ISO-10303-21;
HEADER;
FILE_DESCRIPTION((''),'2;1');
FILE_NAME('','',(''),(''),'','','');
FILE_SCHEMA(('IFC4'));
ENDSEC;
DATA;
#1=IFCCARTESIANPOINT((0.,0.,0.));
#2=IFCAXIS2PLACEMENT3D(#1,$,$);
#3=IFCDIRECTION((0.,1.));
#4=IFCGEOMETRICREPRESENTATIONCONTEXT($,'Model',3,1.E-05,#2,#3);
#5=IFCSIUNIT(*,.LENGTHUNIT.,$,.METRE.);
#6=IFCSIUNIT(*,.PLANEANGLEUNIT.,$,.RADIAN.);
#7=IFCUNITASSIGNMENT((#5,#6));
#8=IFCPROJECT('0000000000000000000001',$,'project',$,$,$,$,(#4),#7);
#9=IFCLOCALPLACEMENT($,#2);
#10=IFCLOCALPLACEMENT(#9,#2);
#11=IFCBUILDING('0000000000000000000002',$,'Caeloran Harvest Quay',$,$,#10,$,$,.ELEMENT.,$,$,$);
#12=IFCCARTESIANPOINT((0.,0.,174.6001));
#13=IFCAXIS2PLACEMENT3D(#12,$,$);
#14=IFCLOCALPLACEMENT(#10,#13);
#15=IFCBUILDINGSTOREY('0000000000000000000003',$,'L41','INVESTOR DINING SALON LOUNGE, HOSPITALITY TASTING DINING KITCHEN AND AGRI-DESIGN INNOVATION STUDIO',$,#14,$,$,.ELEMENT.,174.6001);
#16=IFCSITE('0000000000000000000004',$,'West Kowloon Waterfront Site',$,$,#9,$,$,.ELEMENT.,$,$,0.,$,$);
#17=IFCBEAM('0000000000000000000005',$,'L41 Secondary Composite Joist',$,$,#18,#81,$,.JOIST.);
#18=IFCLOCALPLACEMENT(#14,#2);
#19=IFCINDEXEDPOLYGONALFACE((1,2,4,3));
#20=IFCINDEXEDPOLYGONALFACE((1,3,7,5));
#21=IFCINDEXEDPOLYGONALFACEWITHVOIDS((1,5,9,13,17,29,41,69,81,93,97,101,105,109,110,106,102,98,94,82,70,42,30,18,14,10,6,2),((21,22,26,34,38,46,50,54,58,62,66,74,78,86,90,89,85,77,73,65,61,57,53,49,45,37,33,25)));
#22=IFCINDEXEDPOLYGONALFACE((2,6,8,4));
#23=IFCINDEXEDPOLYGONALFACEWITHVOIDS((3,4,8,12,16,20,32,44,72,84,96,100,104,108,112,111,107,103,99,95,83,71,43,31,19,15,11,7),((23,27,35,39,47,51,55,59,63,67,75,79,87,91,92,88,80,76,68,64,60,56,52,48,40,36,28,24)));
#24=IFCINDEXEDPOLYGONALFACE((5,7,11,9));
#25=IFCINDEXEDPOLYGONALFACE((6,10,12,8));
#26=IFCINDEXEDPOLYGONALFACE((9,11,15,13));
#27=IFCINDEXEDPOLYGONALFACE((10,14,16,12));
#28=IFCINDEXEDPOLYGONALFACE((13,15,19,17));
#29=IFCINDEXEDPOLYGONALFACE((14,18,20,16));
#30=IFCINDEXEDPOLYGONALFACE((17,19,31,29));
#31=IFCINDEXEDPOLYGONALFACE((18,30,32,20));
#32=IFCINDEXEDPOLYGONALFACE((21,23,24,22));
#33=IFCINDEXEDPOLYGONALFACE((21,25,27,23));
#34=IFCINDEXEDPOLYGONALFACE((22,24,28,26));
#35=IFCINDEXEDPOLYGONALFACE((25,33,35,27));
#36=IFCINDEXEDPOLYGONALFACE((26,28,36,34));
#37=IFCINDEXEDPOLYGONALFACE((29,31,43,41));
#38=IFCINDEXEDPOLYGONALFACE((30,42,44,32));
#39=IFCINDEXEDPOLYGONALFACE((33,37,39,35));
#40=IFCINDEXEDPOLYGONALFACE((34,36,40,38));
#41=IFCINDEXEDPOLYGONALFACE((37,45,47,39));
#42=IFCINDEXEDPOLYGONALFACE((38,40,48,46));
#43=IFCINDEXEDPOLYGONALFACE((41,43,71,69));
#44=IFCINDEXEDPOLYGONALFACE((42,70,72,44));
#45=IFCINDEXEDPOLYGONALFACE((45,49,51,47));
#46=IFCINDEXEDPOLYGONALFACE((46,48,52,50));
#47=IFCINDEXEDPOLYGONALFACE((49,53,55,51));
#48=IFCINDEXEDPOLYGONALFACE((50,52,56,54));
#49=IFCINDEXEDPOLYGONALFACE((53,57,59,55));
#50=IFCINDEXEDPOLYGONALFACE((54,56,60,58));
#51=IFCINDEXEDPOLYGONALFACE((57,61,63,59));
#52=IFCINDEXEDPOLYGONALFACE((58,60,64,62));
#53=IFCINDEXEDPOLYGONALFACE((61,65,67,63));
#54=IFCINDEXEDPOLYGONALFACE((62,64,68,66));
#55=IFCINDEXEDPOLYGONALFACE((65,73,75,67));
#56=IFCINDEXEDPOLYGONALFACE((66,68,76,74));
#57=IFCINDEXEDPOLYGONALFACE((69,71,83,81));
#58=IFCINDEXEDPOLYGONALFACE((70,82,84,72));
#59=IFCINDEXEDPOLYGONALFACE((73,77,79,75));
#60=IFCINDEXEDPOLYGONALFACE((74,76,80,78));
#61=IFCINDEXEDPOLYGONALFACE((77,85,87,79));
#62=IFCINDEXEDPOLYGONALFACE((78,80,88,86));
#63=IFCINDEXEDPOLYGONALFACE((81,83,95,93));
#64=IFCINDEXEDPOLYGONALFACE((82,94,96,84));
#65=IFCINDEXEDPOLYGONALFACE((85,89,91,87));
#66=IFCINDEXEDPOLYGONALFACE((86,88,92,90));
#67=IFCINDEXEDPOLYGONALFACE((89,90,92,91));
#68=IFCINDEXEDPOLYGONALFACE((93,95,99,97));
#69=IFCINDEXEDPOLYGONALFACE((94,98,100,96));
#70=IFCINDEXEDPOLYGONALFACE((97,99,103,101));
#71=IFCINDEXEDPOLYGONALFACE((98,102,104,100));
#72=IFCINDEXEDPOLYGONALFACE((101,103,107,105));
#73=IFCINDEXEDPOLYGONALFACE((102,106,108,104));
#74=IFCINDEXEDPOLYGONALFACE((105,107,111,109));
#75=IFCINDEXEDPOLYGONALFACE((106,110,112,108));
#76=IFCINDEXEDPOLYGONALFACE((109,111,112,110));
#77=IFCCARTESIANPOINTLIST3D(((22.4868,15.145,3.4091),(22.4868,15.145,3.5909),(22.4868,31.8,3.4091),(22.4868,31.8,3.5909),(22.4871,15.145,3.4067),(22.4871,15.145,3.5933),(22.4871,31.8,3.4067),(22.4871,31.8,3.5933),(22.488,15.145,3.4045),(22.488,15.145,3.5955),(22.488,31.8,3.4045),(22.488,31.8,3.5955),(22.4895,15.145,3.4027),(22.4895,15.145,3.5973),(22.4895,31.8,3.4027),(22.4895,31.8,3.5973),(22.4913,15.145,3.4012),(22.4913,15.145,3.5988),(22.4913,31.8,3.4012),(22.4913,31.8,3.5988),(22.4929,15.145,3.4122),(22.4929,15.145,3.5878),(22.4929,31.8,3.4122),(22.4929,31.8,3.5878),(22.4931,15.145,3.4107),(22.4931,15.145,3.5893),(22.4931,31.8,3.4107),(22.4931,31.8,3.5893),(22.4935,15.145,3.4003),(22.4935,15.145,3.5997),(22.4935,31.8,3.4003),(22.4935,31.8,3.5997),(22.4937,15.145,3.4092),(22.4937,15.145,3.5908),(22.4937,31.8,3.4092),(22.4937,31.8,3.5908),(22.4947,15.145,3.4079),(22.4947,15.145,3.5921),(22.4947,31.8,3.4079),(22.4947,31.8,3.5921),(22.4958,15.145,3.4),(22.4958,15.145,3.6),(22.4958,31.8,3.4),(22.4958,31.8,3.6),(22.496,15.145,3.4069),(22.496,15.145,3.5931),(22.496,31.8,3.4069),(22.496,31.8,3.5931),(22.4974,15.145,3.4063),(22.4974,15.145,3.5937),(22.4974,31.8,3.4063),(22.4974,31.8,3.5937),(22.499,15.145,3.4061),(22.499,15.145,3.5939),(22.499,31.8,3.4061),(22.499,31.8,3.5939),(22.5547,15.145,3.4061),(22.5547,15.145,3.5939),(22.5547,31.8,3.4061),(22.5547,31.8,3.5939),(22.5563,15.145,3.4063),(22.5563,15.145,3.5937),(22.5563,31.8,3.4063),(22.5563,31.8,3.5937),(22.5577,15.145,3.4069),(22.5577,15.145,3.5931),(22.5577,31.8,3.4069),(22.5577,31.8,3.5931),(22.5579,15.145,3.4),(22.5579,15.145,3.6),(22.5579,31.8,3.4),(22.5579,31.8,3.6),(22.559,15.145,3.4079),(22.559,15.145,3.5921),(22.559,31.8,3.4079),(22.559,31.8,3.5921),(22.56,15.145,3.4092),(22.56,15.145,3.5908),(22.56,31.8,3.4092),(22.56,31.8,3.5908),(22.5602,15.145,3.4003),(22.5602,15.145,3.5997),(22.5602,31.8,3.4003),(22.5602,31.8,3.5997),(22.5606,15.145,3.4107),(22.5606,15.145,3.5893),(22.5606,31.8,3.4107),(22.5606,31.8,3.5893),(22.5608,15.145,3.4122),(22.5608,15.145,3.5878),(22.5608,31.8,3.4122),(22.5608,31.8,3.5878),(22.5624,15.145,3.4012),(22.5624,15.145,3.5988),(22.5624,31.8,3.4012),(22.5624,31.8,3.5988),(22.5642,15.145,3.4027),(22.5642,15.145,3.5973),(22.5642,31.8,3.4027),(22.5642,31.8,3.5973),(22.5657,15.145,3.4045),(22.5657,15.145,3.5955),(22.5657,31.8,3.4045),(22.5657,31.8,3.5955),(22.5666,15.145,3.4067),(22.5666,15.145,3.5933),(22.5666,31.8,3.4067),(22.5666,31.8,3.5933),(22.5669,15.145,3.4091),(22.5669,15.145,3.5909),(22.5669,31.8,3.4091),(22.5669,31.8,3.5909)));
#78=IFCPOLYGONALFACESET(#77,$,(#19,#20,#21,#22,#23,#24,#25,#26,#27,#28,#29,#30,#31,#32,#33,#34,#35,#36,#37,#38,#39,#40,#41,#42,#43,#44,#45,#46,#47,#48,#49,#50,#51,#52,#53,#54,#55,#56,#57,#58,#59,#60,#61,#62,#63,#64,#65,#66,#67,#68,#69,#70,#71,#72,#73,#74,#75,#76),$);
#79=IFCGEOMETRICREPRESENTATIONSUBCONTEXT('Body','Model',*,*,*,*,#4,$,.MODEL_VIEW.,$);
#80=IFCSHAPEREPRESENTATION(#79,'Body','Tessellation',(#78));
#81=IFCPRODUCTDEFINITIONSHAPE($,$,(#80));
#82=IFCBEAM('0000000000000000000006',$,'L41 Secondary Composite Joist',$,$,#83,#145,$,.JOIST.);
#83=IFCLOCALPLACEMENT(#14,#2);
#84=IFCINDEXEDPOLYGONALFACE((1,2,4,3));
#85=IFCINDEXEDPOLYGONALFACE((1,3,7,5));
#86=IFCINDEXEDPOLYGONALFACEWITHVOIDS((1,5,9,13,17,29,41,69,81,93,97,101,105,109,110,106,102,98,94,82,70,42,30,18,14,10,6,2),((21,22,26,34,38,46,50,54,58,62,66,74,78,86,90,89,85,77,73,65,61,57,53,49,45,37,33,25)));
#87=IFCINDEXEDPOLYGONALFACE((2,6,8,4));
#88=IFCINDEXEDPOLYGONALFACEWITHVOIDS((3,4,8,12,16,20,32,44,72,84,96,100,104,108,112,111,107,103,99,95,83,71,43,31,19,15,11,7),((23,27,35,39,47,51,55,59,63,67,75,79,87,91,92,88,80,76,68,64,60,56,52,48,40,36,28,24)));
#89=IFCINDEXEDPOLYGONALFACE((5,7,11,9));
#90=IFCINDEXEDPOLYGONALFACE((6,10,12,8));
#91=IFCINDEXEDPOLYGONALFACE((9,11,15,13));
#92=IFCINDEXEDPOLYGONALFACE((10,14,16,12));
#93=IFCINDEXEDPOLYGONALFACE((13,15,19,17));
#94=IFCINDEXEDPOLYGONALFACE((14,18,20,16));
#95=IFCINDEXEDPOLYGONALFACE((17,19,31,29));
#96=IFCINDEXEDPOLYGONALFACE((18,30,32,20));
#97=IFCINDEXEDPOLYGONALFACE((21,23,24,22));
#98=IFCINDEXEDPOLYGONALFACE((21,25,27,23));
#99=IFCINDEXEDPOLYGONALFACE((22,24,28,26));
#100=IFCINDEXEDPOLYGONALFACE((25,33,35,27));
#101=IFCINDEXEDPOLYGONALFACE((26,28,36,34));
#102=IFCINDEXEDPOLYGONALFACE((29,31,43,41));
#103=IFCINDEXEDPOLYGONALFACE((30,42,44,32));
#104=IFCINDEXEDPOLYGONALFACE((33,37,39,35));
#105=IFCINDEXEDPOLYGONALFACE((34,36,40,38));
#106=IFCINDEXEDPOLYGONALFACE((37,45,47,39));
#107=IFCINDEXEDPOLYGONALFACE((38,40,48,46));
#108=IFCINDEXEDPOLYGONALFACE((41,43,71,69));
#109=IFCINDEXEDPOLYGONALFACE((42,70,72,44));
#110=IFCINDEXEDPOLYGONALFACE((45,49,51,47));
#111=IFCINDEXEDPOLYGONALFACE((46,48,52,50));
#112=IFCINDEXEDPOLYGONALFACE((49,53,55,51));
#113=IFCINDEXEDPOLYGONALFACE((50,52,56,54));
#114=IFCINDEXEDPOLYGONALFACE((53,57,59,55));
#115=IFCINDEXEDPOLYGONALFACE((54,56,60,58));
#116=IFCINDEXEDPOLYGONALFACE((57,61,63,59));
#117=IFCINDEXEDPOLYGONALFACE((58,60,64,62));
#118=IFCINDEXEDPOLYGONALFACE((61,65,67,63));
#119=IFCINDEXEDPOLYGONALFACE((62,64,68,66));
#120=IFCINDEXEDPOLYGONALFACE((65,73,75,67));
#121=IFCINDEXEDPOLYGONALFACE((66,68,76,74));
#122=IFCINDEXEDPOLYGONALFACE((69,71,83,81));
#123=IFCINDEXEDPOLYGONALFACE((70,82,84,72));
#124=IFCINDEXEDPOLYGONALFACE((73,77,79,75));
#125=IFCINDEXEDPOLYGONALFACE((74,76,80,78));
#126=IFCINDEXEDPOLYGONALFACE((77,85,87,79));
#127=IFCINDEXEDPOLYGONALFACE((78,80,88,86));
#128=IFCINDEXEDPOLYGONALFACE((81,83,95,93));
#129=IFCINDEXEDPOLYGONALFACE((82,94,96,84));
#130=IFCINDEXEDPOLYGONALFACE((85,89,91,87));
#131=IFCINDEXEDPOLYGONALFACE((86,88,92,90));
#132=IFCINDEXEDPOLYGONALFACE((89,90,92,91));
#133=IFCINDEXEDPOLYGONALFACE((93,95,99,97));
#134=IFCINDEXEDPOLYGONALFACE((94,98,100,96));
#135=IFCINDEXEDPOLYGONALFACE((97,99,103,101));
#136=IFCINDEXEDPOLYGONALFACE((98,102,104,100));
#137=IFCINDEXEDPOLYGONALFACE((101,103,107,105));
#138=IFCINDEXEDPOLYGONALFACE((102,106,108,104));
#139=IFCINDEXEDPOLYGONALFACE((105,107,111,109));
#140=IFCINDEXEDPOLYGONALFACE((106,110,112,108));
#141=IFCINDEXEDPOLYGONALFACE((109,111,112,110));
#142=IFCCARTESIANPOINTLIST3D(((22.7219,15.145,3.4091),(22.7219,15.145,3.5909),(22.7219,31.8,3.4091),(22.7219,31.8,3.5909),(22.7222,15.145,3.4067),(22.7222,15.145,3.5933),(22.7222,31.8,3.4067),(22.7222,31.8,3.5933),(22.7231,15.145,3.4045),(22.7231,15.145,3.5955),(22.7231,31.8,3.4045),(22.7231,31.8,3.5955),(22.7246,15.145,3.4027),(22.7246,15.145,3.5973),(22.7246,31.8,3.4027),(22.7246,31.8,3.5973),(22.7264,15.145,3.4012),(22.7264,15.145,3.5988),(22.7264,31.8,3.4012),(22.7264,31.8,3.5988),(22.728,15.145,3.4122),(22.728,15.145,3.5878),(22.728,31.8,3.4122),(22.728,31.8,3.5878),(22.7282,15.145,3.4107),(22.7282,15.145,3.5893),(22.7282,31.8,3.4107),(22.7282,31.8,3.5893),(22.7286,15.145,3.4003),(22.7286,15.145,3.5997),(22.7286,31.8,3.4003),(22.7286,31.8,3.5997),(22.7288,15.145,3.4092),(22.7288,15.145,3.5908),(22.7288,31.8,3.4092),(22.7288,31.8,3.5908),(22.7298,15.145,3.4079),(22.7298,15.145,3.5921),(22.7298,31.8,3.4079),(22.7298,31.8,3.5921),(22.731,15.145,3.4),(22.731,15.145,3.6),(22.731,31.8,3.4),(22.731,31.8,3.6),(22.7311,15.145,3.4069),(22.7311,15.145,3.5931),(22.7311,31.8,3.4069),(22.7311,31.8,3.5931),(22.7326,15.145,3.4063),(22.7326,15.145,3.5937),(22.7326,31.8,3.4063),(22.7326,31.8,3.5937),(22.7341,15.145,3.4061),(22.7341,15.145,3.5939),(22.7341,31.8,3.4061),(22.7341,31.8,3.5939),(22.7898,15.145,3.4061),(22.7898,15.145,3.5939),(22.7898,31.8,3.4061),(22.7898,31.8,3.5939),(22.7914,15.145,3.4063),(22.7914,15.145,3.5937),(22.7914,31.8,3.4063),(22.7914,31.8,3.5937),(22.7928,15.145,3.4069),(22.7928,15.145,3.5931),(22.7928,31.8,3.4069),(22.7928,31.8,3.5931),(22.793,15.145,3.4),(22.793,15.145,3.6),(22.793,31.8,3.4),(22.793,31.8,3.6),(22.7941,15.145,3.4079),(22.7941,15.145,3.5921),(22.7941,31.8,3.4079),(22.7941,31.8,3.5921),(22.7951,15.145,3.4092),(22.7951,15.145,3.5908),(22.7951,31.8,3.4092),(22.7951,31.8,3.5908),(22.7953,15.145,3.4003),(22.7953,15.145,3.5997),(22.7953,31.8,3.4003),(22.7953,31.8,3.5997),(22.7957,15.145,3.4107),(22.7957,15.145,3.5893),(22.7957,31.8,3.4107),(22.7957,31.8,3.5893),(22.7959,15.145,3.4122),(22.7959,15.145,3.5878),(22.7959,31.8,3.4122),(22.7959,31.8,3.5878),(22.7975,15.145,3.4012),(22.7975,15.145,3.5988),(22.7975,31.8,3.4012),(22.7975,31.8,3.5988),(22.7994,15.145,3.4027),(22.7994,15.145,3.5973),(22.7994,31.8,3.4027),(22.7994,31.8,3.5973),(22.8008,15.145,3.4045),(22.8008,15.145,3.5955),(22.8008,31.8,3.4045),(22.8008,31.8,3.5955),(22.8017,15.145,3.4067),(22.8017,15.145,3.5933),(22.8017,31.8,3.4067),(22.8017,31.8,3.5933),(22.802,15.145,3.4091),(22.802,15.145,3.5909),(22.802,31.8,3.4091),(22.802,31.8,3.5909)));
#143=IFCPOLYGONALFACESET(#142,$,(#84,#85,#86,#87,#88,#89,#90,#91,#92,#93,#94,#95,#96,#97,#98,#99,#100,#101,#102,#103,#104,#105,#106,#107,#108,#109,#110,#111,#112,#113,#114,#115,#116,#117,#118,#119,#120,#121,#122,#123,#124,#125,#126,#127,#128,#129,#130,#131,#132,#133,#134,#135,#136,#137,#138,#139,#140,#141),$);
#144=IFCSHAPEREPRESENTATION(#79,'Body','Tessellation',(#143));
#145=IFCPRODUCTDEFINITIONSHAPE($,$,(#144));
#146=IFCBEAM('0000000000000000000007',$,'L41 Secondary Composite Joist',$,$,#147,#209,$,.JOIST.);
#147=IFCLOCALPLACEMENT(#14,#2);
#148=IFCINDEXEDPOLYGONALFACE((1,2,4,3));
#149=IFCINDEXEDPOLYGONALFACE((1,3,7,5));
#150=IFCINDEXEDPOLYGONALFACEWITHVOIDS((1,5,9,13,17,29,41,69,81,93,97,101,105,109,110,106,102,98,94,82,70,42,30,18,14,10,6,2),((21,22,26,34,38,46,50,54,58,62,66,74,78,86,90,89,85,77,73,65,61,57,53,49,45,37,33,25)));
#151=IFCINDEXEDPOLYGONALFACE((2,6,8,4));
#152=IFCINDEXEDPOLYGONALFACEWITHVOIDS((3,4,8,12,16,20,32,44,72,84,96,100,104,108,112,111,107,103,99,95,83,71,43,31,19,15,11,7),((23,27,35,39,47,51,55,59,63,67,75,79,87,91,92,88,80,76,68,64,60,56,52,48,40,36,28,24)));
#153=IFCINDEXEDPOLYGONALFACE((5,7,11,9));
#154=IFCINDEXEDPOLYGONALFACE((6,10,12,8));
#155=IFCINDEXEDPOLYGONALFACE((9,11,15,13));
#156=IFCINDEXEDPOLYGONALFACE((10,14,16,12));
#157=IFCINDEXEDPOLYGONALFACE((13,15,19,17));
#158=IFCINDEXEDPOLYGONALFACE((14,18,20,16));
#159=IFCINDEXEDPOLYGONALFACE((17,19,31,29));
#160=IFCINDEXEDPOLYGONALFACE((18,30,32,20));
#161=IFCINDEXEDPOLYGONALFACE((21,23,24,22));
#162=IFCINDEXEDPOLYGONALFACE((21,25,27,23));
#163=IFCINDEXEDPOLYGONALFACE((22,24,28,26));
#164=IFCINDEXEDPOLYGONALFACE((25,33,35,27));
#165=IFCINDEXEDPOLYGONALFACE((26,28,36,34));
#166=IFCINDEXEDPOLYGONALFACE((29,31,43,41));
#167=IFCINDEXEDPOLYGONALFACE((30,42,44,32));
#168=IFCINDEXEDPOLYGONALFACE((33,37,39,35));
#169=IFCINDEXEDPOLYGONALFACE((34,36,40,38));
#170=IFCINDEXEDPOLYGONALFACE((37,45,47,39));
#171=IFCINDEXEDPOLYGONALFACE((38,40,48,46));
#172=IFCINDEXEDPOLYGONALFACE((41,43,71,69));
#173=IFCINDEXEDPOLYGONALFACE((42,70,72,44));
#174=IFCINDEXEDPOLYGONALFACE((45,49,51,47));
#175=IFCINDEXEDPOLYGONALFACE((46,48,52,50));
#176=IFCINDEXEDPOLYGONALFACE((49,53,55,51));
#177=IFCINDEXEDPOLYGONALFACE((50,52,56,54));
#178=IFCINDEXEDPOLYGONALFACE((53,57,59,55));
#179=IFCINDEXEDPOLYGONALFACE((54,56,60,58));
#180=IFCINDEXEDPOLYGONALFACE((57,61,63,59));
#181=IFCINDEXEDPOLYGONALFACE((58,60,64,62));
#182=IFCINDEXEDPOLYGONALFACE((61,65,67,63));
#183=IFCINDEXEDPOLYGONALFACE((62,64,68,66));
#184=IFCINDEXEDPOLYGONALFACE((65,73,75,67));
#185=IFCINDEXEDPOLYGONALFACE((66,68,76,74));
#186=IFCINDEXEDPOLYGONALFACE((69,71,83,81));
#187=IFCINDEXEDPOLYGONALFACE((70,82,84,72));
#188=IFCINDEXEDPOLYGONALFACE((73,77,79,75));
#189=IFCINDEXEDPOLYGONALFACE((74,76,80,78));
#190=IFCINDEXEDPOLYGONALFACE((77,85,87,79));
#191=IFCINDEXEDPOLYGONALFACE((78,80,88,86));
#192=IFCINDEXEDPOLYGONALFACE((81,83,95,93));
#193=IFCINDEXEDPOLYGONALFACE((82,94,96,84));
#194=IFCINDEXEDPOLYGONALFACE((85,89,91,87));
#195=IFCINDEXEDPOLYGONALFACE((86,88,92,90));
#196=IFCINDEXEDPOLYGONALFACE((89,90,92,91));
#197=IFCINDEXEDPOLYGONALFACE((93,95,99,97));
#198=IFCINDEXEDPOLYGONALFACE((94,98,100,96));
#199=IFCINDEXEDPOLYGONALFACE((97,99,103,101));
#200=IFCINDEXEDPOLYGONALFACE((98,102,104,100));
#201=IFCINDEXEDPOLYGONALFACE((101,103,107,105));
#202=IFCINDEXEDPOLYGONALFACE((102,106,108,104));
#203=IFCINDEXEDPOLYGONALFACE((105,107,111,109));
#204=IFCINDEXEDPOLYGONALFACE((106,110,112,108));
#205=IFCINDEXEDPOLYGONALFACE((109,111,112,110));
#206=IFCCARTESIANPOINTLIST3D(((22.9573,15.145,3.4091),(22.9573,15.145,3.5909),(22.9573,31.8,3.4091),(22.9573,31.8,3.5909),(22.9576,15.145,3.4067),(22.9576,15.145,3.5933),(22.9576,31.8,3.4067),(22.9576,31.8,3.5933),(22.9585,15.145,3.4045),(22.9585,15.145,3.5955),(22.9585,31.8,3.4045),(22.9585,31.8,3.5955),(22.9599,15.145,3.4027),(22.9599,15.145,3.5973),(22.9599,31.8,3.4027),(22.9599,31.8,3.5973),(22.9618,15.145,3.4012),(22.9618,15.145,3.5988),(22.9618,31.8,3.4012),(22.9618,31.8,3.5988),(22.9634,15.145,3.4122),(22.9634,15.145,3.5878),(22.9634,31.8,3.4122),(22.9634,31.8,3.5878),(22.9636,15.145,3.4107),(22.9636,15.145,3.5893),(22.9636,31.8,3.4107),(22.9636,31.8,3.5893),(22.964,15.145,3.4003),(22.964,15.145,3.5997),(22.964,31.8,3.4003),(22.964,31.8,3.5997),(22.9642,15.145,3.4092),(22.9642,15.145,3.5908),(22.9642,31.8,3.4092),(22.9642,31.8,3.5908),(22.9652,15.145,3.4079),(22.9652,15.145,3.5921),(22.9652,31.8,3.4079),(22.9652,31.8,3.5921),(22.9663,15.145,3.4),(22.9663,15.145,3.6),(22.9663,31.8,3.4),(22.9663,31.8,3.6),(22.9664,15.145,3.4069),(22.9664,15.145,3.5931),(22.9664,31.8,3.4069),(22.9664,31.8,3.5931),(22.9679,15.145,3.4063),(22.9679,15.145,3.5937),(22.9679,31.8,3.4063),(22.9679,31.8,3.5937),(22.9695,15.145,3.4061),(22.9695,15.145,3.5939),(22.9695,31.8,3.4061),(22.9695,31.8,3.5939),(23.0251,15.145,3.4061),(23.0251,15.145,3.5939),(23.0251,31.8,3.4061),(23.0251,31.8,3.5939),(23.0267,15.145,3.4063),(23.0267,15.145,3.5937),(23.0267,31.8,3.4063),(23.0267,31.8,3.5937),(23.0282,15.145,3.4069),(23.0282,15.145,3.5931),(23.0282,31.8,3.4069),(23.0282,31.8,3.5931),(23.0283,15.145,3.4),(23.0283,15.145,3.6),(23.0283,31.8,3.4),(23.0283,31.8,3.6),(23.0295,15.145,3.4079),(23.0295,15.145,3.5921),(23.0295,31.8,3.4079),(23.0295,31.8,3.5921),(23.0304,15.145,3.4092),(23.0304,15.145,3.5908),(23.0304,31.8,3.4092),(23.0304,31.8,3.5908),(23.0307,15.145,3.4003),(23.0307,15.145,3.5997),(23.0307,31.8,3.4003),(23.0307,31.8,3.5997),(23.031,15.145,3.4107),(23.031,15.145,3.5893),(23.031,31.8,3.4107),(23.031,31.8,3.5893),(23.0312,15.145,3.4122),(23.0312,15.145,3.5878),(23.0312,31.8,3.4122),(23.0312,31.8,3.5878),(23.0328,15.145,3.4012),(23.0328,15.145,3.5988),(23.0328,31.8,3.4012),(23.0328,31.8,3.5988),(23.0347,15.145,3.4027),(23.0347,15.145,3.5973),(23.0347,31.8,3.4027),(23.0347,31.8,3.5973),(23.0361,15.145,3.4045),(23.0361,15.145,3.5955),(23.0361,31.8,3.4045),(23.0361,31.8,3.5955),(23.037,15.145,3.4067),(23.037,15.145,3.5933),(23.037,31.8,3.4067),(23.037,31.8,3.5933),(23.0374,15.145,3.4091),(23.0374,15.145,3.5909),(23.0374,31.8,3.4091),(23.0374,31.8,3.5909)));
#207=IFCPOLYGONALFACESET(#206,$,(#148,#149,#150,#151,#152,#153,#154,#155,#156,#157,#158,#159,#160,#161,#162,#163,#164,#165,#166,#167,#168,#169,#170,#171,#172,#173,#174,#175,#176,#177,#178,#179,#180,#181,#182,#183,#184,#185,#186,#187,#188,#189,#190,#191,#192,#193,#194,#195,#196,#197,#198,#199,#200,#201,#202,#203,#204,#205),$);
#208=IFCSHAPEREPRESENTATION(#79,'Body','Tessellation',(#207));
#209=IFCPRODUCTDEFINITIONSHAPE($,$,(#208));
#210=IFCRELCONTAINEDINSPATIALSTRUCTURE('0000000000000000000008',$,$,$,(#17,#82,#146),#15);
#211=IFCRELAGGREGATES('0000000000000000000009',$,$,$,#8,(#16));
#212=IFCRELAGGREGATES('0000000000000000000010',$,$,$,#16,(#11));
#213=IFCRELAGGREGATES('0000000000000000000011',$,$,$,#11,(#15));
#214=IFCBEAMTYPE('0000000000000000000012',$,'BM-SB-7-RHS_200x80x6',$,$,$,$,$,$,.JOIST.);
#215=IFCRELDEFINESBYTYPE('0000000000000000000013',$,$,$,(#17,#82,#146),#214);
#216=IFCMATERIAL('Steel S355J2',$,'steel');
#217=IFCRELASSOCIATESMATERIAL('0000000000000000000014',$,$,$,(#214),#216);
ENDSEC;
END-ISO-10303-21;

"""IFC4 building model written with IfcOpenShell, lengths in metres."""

from ifc_helpers import new_model, si_unit, direction, frame, origin, origin_2d, place, context, subcontext, project, spatial, hollow_rectangle, extrude, material, material_profile, profile_set, type_object, element, save


model = new_model("IFC4")

# Units and contexts
model_context = context("Model", 3, precision=1e-05, world=origin(), true_north=direction((0.0, 1.0)))
body_context = subcontext(model_context, "Body", "Model", "MODEL_VIEW")
ifc_project = project(units=[si_unit("LENGTHUNIT", "METRE"), si_unit("PLANEANGLEUNIT", "RADIAN")], contexts=[model_context])

# Site, building, storey
site_placement = place(None, origin())
site = spatial("IfcSite", under=ifc_project, at=site_placement, Name="West Kowloon Waterfront Site", CompositionType="ELEMENT", RefElevation=0.0)
building_placement = place(site_placement, origin())
building = spatial("IfcBuilding", under=site, at=building_placement, Name="Caeloran Harvest Quay", CompositionType="ELEMENT")
storey_placement = place(building_placement, frame((0.0, 0.0, 174.6001)))
storey = spatial("IfcBuildingStorey", under=building, at=storey_placement, Name="L41", Description="INVESTOR DINING SALON LOUNGE, HOSPITALITY TASTING DINING KITCHEN AND AGRI-DESIGN INNOVATION STUDIO", CompositionType="ELEMENT", Elevation=174.6001)

# Beams
ifc_material_1 = material(Name="Steel S355J2", Category="steel")
ifc_material_profile_1 = material_profile(ifc_material_1, hollow_rectangle(XDim=0.0801, YDim=0.2, WallThickness=0.0061, InnerFilletRadius=0.0061, OuterFilletRadius=0.009, at=origin_2d()), Name="RHS 200x80x6")
ifc_profile_set_1 = profile_set([ifc_material_profile_1], Name="Steel S355J2")
beam_type_1 = type_object("IfcBeamType", Name="BM-SB-7-RHS_200x80x6", PredefinedType="JOIST", material=ifc_profile_set_1)
for number, where, z_axis, x_axis, name in (
    (1, (22.5269, 15.145, 3.5), (0.0, 1.0, 0.0), (-1.0, 0.0, 0.0), "L41 Secondary Composite Joist"),
    (2, (22.762, 15.145, 3.5), (0.0, 1.0, 0.0), (-1.0, 0.0, 0.0), "L41 Secondary Composite Joist"),
    (3, (22.9973, 15.145, 3.5), (0.0, 1.0, 0.0), (-1.0, 0.0, 0.0), "L41 Secondary Composite Joist"),
):
    element("IfcBeam", number, at=place(storey_placement, frame(where, z_axis=z_axis, x_axis=x_axis)), inside=storey, type_object=beam_type_1, Name=name, PredefinedType="JOIST", context=body_context, shape_type="SweptSolid", body=[
        extrude(hollow_rectangle(XDim=0.0801, YDim=0.2, WallThickness=0.0061, InnerFilletRadius=0.0061, OuterFilletRadius=0.009, at=origin_2d()), origin(), (0.0, 0.0, 1.0), 16.655),
    ])

save(model, "model.ifc")
